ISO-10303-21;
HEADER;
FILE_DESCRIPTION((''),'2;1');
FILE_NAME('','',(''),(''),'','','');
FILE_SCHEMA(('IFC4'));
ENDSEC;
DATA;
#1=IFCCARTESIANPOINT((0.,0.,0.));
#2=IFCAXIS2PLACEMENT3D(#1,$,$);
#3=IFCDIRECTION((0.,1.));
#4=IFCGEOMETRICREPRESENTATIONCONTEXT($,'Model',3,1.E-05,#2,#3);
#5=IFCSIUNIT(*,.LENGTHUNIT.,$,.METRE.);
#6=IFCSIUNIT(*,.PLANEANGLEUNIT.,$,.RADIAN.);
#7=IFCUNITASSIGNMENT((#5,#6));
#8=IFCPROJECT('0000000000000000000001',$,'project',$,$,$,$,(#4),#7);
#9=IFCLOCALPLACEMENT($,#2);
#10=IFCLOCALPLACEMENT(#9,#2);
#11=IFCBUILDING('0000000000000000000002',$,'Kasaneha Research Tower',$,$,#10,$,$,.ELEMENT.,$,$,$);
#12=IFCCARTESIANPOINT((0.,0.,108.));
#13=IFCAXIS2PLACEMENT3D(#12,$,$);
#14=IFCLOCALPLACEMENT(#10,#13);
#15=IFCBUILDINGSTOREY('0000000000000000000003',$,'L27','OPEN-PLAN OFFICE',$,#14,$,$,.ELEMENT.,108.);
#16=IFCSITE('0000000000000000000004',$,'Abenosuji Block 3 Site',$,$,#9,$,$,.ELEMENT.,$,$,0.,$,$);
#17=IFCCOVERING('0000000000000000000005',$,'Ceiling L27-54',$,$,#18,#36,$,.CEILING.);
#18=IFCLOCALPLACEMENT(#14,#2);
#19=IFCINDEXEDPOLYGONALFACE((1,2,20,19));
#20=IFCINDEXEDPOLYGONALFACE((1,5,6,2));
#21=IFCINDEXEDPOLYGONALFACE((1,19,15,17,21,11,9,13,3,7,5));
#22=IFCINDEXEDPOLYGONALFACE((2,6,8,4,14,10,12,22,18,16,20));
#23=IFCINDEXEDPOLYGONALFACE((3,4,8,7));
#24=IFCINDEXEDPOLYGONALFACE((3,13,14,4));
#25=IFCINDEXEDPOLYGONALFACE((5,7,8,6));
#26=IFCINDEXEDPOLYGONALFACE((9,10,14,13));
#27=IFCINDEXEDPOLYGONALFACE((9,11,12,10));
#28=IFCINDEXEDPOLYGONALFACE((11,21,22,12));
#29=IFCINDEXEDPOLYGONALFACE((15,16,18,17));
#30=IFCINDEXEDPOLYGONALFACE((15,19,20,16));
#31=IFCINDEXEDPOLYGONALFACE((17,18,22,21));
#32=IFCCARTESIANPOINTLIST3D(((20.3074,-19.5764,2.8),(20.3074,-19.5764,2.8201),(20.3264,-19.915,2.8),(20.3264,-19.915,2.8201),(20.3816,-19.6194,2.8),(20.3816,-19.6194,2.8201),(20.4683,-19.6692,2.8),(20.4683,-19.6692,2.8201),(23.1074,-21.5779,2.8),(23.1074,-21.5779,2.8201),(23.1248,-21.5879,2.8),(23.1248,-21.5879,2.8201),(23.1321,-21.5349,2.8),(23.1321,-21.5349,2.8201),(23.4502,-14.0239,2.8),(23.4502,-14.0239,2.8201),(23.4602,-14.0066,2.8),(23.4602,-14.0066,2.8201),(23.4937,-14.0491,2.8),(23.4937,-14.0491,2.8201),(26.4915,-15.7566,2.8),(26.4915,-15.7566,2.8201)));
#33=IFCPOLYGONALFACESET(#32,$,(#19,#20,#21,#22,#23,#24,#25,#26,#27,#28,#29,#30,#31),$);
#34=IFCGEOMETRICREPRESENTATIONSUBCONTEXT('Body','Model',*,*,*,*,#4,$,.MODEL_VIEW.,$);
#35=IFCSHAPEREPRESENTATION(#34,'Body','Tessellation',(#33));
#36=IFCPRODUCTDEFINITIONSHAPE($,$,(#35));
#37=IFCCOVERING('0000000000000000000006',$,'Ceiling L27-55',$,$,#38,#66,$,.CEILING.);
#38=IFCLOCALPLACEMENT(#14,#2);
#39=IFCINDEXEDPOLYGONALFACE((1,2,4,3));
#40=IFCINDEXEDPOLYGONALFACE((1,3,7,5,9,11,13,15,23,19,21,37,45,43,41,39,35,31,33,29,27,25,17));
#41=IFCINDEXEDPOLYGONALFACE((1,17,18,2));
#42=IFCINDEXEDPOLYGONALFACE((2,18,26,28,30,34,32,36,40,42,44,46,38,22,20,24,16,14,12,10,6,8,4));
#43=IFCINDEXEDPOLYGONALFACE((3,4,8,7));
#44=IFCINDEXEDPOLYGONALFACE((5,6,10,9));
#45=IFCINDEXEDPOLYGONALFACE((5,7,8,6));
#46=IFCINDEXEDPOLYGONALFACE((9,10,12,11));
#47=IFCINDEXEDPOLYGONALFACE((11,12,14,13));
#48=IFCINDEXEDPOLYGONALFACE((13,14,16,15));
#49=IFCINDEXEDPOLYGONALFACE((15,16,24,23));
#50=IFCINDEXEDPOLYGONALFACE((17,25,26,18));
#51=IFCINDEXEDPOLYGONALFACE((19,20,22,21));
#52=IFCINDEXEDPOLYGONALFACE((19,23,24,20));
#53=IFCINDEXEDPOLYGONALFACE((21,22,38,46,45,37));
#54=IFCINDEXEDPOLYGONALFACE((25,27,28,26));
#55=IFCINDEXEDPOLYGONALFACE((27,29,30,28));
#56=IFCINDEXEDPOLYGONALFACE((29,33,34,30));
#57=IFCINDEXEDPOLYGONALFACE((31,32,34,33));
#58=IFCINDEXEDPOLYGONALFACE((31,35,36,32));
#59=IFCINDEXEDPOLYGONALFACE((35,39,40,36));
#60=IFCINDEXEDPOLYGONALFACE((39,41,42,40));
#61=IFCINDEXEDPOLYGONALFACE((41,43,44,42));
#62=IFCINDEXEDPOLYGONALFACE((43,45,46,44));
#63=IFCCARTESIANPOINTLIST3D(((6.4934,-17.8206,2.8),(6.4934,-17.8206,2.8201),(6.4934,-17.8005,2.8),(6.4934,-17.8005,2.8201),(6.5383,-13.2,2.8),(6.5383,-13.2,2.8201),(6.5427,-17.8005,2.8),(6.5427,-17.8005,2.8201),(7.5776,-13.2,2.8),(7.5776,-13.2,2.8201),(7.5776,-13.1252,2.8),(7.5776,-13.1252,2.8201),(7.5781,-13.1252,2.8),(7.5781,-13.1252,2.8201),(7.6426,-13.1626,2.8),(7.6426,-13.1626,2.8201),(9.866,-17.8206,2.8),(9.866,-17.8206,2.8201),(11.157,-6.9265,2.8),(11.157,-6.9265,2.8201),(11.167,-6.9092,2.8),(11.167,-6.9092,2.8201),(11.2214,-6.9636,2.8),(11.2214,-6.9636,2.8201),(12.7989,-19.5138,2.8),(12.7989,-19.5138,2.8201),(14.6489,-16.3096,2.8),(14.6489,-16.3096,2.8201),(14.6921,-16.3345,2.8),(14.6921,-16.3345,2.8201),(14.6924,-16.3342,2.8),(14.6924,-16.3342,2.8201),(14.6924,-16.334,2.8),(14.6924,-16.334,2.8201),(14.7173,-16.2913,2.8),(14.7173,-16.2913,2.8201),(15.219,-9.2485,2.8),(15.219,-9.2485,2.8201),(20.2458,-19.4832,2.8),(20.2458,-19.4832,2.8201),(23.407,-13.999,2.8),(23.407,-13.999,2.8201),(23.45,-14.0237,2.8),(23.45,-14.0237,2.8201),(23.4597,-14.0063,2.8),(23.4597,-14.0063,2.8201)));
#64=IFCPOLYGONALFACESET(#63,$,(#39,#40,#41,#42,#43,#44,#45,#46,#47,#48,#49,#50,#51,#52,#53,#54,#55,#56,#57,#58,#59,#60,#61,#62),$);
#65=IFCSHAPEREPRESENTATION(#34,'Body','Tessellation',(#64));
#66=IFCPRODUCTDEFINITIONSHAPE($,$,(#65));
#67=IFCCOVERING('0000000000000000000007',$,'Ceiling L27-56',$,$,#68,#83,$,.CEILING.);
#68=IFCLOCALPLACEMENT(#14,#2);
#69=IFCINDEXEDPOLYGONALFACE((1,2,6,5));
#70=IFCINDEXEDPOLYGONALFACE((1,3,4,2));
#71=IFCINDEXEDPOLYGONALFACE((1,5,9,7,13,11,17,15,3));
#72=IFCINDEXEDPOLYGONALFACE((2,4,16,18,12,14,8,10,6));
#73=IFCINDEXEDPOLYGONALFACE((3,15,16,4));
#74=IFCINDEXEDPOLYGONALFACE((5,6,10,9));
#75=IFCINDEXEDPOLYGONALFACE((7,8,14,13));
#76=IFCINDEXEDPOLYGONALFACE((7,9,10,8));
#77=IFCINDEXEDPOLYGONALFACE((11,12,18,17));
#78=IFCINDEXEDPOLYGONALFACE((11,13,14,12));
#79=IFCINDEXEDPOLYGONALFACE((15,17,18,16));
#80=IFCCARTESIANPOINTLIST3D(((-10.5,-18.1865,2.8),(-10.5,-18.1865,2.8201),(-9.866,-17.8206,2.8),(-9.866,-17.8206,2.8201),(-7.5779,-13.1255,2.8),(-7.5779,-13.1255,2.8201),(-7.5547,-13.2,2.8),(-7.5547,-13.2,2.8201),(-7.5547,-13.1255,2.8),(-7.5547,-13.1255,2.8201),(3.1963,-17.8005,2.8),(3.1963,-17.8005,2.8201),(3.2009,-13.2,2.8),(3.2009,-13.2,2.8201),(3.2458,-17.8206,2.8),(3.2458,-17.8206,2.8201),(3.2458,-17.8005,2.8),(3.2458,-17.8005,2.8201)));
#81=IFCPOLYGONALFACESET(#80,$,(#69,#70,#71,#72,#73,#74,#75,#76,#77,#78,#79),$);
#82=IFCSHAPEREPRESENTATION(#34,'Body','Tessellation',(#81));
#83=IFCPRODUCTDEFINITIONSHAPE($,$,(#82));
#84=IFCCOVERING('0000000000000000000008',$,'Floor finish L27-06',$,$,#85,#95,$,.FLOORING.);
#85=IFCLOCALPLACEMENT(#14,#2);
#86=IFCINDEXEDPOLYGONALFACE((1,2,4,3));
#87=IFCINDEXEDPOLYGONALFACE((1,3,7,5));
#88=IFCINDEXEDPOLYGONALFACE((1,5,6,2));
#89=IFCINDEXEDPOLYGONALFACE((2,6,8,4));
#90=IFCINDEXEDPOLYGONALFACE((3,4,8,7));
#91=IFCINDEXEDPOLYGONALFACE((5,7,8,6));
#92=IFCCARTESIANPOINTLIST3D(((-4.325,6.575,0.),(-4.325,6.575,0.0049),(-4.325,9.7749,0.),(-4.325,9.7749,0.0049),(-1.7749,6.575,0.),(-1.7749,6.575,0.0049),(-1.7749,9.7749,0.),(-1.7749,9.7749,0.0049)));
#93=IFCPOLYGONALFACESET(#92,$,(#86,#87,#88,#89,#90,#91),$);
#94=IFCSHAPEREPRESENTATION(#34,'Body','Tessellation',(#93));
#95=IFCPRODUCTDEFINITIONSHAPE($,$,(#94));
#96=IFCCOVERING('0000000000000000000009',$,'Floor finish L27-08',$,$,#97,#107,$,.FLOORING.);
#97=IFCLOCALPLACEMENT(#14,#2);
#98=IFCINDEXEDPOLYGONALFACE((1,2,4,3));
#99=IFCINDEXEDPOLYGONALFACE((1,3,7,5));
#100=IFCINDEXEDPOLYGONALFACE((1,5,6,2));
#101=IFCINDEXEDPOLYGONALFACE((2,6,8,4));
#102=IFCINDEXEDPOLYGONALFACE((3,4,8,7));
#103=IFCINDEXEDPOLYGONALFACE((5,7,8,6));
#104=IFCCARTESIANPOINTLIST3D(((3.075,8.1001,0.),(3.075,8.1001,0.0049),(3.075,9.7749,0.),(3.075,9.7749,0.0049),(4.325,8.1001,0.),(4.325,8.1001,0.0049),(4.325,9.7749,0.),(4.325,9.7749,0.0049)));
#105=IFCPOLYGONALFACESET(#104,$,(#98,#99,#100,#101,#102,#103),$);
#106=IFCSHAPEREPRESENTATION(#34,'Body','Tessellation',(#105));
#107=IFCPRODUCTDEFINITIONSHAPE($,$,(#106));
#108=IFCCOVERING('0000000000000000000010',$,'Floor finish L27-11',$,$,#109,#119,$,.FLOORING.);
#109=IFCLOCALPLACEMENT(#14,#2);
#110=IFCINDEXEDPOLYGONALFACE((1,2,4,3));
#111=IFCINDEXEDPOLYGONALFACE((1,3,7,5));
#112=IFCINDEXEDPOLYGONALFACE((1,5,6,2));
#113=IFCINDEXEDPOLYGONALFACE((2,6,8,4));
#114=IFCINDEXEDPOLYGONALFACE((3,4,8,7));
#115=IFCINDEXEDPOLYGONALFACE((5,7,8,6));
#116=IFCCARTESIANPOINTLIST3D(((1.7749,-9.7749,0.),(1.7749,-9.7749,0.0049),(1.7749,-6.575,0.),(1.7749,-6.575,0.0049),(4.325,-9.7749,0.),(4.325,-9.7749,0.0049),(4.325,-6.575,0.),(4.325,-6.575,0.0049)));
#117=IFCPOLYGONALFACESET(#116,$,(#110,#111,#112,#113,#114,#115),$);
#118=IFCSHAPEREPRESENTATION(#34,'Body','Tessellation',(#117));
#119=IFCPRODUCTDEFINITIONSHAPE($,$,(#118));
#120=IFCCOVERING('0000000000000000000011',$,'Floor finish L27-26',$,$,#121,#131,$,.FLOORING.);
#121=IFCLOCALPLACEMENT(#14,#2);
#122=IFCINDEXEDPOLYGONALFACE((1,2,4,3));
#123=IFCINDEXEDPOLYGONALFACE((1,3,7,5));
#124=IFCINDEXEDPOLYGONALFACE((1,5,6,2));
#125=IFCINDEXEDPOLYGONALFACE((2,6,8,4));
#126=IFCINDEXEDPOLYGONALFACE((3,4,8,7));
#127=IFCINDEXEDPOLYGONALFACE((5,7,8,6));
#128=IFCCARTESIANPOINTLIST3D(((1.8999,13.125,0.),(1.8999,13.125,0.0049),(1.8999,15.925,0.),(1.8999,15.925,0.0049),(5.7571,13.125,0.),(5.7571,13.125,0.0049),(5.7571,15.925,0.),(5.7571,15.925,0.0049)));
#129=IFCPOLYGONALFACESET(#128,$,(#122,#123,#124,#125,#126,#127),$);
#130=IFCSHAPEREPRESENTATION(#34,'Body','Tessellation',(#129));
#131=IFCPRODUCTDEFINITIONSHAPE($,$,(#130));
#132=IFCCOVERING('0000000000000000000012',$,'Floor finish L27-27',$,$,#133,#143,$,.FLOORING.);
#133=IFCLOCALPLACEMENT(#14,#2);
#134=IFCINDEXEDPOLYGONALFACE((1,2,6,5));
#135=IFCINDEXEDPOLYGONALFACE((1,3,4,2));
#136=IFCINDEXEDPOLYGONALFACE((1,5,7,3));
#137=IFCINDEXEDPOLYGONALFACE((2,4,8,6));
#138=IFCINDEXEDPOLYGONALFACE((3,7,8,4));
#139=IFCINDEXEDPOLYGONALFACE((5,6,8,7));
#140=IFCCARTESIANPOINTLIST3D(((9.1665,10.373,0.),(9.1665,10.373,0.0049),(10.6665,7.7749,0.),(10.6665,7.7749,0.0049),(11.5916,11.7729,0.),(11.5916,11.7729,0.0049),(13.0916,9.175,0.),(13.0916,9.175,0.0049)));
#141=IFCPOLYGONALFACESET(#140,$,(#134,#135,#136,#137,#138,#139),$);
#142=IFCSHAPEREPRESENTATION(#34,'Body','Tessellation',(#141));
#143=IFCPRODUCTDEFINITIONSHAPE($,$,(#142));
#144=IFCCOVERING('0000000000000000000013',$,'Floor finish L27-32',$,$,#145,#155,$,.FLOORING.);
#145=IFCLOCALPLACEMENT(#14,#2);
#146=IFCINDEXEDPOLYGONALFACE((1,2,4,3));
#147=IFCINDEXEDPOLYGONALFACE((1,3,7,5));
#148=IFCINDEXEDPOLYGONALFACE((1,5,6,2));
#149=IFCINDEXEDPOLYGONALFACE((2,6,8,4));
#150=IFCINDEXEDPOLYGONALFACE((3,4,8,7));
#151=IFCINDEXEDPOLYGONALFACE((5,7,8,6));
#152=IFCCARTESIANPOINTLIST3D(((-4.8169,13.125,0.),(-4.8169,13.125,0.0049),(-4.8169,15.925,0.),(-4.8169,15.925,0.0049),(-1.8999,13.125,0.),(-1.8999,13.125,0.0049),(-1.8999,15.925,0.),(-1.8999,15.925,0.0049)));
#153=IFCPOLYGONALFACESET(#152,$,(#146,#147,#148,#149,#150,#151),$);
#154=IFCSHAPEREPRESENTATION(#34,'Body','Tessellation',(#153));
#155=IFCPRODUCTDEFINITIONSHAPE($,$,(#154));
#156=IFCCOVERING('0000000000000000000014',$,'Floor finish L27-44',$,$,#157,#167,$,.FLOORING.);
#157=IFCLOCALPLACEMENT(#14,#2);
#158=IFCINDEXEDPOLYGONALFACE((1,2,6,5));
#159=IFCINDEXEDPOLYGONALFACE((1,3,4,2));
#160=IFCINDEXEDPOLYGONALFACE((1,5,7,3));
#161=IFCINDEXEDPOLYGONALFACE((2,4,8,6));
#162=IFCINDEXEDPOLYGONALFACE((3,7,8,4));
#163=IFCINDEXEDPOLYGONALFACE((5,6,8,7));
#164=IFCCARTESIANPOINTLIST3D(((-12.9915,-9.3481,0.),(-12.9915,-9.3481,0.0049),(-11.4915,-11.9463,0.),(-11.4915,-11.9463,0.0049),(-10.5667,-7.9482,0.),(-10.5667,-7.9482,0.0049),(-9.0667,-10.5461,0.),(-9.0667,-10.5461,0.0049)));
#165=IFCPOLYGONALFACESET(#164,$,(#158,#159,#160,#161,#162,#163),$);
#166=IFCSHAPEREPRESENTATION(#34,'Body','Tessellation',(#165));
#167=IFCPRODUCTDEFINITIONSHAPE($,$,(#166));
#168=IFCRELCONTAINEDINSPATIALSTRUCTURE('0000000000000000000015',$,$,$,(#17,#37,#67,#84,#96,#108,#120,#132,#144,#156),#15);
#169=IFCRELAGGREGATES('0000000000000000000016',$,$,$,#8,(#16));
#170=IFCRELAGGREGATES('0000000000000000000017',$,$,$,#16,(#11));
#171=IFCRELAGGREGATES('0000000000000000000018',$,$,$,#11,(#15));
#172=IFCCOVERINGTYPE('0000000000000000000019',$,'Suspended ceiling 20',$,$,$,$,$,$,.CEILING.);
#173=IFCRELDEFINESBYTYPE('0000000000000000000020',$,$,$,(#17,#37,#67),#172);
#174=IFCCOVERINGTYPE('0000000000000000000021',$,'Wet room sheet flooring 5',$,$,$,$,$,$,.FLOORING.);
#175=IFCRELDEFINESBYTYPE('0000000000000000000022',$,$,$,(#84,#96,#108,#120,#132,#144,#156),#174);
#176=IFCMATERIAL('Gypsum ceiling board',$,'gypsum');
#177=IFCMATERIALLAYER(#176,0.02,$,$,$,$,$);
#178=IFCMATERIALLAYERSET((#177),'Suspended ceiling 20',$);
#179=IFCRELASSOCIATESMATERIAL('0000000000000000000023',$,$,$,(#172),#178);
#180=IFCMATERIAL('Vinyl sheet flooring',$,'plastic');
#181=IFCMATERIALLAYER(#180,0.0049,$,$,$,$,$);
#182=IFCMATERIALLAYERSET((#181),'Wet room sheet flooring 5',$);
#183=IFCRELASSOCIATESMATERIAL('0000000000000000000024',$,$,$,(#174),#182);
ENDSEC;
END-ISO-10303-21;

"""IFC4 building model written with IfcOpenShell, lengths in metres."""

from ifc_helpers import new_model, si_unit, direction, frame, origin, place, context, subcontext, project, spatial, polyline, outline, extrude, material, layer, layer_set, type_object, element, save


model = new_model("IFC4")

# Units and contexts
model_context = context("Model", 3, precision=1e-05, world=origin(), true_north=direction((0.0, 1.0)))
body_context = subcontext(model_context, "Body", "Model", "MODEL_VIEW")
ifc_project = project(units=[si_unit("LENGTHUNIT", "METRE"), si_unit("PLANEANGLEUNIT", "RADIAN")], contexts=[model_context])

# Site, building, storey
site_placement = place(None, origin())
site = spatial("IfcSite", under=ifc_project, at=site_placement, Name="Abenosuji Block 3 Site", CompositionType="ELEMENT", RefElevation=0.0)
building_placement = place(site_placement, origin())
building = spatial("IfcBuilding", under=site, at=building_placement, Name="Kasaneha Research Tower", CompositionType="ELEMENT")
storey_placement = place(building_placement, frame((0.0, 0.0, 108.0)))
storey = spatial("IfcBuildingStorey", under=building, at=storey_placement, Name="L27", Description="OPEN-PLAN OFFICE", CompositionType="ELEMENT", Elevation=108.0)

# Coverings
ifc_material_1 = material(Name="Gypsum ceiling board", Category="gypsum")
ifc_layer_1 = layer(ifc_material_1, 0.02)
ifc_layer_set_1 = layer_set([ifc_layer_1], Name="Suspended ceiling 20")
covering_type_1 = type_object("IfcCoveringType", Name="Suspended ceiling 20", PredefinedType="CEILING", material=ifc_layer_set_1)
covering_1_placement = place(storey_placement, frame((0.0, 0.0, 2.8)))
element("IfcCovering", 1, at=covering_1_placement, inside=storey, type_object=covering_type_1, Name="Ceiling L27-54", PredefinedType="CEILING", context=body_context, shape_type="SweptSolid", body=[
    extrude(outline(polyline([(23.1074, -21.5779), (23.1321, -21.5349), (20.3264, -19.915), (20.4683, -19.6692), (20.3816, -19.6194), (20.3816, -19.6194), (20.3074, -19.5764), (23.4937, -14.0491), (23.4502, -14.0239), (23.4602, -14.0066), (26.4915, -15.7566), (23.1248, -21.5879), (23.1074, -21.5779)])), origin(), (0.0, 0.0, 1.0), 0.02),
])
covering_2_placement = place(storey_placement, frame((0.0, 0.0, 2.8)))
element("IfcCovering", 2, at=covering_2_placement, inside=storey, type_object=covering_type_1, Name="Ceiling L27-55", PredefinedType="CEILING", context=body_context, shape_type="SweptSolid", body=[
    extrude(outline(polyline([(7.5781, -13.1252), (7.5781, -13.1252), (7.6426, -13.1626), (11.2214, -6.9636), (11.157, -6.9265), (11.167, -6.9092), (15.219, -9.2485), (23.4597, -14.0063), (23.45, -14.0237), (23.407, -13.999), (20.2458, -19.4832), (14.7173, -16.2913), (14.6924, -16.3342), (14.6924, -16.334), (14.6921, -16.3345), (14.6489, -16.3096), (12.7988, -19.5139), (12.8418, -19.5386), (12.8418, -19.5386), (9.866, -17.8206), (6.4934, -17.8206), (6.4934, -17.8005), (6.5427, -17.8005), (6.5383, -13.2), (7.5776, -13.2), (7.5776, -13.1252), (7.5781, -13.1252)])), origin(), (0.0, 0.0, 1.0), 0.02),
])
covering_3_placement = place(storey_placement, frame((0.0, 0.0, 2.8)))
element("IfcCovering", 3, at=covering_3_placement, inside=storey, type_object=covering_type_1, Name="Ceiling L27-56", PredefinedType="CEILING", context=body_context, shape_type="SweptSolid", body=[
    extrude(outline(polyline([(-7.5779, -13.1255), (-7.5547, -13.1255), (-7.5547, -13.2), (3.2009, -13.2), (3.1963, -17.8005), (3.2458, -17.8005), (3.2458, -17.8206), (-9.866, -17.8206), (-10.5, -18.1865), (-7.5779, -13.1255)])), origin(), (0.0, 0.0, 1.0), 0.02),
])
ifc_material_2 = material(Name="Vinyl sheet flooring", Category="plastic")
ifc_layer_2 = layer(ifc_material_2, 0.0049)
ifc_layer_set_2 = layer_set([ifc_layer_2], Name="Wet room sheet flooring 5")
covering_type_2 = type_object("IfcCoveringType", Name="Wet room sheet flooring 5", PredefinedType="FLOORING", material=ifc_layer_set_2)
covering_4_placement = place(storey_placement, origin())
element("IfcCovering", 4, at=covering_4_placement, inside=storey, type_object=covering_type_2, Name="Floor finish L27-06", PredefinedType="FLOORING", context=body_context, shape_type="SweptSolid", body=[
    extrude(outline(polyline([(-1.7749, 9.7749), (-1.7749, 6.575), (-4.325, 6.575), (-4.325, 9.7749), (-1.7749, 9.7749)])), origin(), (0.0, 0.0, 1.0), 0.0049),
])
covering_5_placement = place(storey_placement, origin())
element("IfcCovering", 5, at=covering_5_placement, inside=storey, type_object=covering_type_2, Name="Floor finish L27-08", PredefinedType="FLOORING", context=body_context, shape_type="SweptSolid", body=[
    extrude(outline(polyline([(4.325, 8.1001), (3.075, 8.1001), (3.075, 9.7749), (4.325, 9.7749), (4.325, 8.1001)])), origin(), (0.0, 0.0, 1.0), 0.0049),
])
covering_6_placement = place(storey_placement, origin())
element("IfcCovering", 6, at=covering_6_placement, inside=storey, type_object=covering_type_2, Name="Floor finish L27-11", PredefinedType="FLOORING", context=body_context, shape_type="SweptSolid", body=[
    extrude(outline(polyline([(1.7749, -9.7749), (1.7749, -6.575), (4.325, -6.575), (4.325, -9.7749), (1.7749, -9.7749)])), origin(), (0.0, 0.0, 1.0), 0.0049),
])
covering_7_placement = place(storey_placement, origin())
element("IfcCovering", 7, at=covering_7_placement, inside=storey, type_object=covering_type_2, Name="Floor finish L27-26", PredefinedType="FLOORING", context=body_context, shape_type="SweptSolid", body=[
    extrude(outline(polyline([(1.8999, 15.925), (5.7571, 15.925), (5.7571, 13.125), (1.8999, 13.125), (1.8999, 15.925)])), origin(), (0.0, 0.0, 1.0), 0.0049),
])
covering_8_placement = place(storey_placement, origin())
element("IfcCovering", 8, at=covering_8_placement, inside=storey, type_object=covering_type_2, Name="Floor finish L27-27", PredefinedType="FLOORING", context=body_context, shape_type="SweptSolid", body=[
    extrude(outline(polyline([(11.5916, 11.7729), (13.0916, 9.175), (10.6665, 7.7749), (9.1665, 10.373), (11.5916, 11.7729)])), origin(), (0.0, 0.0, 1.0), 0.0049),
])
covering_9_placement = place(storey_placement, origin())
element("IfcCovering", 9, at=covering_9_placement, inside=storey, type_object=covering_type_2, Name="Floor finish L27-32", PredefinedType="FLOORING", context=body_context, shape_type="SweptSolid", body=[
    extrude(outline(polyline([(-4.8169, 15.925), (-1.8999, 15.925), (-1.8999, 13.125), (-4.8169, 13.125), (-4.8169, 15.925)])), origin(), (0.0, 0.0, 1.0), 0.0049),
])
covering_10_placement = place(storey_placement, origin())
element("IfcCovering", 10, at=covering_10_placement, inside=storey, type_object=covering_type_2, Name="Floor finish L27-44", PredefinedType="FLOORING", context=body_context, shape_type="SweptSolid", body=[
    extrude(outline(polyline([(-11.4915, -11.9463), (-12.9915, -9.3481), (-10.5667, -7.9482), (-9.0667, -10.5461), (-11.4915, -11.9463)])), origin(), (0.0, 0.0, 1.0), 0.0049),
])

save(model, "model.ifc")
